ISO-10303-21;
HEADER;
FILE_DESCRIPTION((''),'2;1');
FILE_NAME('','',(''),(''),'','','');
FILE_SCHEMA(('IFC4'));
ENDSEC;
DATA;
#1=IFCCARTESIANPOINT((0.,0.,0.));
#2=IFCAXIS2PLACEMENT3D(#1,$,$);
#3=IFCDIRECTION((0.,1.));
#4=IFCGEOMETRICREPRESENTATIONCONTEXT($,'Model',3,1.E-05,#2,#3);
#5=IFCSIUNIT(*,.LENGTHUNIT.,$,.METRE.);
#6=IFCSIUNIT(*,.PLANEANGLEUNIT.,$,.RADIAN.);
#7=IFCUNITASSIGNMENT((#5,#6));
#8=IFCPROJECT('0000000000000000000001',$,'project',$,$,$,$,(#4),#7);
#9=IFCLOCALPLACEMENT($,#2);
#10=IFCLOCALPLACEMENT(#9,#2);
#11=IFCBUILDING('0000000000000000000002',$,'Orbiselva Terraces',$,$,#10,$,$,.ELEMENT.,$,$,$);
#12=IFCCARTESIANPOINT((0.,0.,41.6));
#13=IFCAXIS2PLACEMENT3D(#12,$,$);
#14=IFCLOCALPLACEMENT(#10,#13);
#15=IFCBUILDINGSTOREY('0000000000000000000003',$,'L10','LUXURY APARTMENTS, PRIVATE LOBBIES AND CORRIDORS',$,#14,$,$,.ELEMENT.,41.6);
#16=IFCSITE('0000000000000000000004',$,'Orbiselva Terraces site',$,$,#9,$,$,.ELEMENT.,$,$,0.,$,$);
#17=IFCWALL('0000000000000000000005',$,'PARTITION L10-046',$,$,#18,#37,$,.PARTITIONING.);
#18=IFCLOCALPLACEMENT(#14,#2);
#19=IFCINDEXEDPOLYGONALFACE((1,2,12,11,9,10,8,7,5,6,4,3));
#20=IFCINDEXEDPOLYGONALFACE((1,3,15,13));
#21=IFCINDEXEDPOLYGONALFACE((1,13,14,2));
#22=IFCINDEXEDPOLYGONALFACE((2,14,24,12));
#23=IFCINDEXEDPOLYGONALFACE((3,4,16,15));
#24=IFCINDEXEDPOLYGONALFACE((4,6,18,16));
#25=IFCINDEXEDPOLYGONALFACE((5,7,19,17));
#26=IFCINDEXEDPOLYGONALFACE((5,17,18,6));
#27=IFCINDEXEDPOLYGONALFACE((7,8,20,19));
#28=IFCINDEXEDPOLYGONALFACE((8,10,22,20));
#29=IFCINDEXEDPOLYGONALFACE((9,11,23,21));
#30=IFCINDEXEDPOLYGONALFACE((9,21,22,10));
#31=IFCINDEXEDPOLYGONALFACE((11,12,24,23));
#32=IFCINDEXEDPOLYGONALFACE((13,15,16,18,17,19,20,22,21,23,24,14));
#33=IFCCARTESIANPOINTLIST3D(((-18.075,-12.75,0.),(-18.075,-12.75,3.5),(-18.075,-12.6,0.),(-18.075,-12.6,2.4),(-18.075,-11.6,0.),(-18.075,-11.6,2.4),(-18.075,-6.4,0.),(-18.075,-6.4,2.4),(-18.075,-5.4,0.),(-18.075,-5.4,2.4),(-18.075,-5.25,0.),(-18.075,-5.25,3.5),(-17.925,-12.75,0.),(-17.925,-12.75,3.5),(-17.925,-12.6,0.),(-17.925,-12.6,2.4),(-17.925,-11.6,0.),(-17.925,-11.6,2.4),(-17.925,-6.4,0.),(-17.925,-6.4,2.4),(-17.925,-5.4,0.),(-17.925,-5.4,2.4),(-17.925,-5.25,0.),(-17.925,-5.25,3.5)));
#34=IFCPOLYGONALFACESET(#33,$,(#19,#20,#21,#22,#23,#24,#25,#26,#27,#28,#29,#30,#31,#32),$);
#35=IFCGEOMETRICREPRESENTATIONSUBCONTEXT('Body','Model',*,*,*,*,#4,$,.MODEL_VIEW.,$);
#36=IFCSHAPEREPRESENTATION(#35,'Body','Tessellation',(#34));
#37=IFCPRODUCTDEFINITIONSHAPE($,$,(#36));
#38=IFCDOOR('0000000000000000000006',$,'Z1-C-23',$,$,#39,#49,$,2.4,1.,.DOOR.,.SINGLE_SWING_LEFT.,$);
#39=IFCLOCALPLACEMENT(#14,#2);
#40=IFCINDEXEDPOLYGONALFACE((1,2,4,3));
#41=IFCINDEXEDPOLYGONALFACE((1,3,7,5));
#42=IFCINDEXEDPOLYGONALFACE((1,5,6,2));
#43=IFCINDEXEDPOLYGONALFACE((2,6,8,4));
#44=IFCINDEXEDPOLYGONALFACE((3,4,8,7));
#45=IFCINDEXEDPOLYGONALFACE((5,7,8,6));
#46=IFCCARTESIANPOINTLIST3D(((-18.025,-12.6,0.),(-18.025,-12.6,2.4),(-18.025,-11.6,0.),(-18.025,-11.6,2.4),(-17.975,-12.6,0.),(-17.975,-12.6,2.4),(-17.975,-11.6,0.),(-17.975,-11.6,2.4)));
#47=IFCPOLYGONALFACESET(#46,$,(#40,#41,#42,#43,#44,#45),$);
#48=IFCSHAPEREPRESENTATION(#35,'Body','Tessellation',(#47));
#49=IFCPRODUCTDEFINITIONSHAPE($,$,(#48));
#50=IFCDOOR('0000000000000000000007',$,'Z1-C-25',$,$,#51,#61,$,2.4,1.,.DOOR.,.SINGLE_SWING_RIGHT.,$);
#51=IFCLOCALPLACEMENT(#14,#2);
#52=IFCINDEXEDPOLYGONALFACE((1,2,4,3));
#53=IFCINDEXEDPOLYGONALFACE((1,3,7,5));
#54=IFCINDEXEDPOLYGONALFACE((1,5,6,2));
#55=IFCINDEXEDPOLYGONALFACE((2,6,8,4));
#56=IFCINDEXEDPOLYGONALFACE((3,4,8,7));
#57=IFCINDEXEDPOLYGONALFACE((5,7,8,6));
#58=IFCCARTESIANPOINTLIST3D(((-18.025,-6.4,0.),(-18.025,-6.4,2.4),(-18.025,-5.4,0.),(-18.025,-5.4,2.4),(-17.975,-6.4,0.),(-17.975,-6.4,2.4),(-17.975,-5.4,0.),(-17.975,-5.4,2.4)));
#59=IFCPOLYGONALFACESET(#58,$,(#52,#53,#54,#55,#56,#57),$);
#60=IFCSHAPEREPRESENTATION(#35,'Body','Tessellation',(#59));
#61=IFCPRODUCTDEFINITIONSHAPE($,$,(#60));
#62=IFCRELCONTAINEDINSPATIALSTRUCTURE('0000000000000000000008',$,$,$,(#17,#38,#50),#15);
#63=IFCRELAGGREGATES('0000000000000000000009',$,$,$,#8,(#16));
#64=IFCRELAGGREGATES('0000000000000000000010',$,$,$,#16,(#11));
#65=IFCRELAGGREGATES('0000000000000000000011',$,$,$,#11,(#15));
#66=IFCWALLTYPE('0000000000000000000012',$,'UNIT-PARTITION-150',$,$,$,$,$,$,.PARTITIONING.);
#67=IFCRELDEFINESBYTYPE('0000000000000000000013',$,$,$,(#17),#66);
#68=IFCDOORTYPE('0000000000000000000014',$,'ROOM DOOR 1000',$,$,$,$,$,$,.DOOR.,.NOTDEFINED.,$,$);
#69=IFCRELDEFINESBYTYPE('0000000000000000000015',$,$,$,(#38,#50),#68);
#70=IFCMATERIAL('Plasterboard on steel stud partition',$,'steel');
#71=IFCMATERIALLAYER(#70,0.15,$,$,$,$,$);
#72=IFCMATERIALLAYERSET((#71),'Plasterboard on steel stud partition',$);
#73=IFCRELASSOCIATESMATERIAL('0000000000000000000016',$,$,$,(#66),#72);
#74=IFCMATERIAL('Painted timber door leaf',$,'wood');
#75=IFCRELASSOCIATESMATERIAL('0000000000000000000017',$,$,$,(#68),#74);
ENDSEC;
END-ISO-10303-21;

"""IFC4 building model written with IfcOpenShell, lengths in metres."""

from ifc_helpers import new_model, si_unit, direction, frame, frame_2d, origin, place, context, subcontext, project, spatial, rectangle, extrude, material, layer, layer_set, type_object, element, fill, save


model = new_model("IFC4")

# Units and contexts
model_context = context("Model", 3, precision=1e-05, world=origin(), true_north=direction((0.0, 1.0)))
body_context = subcontext(model_context, "Body", "Model", "MODEL_VIEW")
ifc_project = project(units=[si_unit("LENGTHUNIT", "METRE"), si_unit("PLANEANGLEUNIT", "RADIAN")], contexts=[model_context])

# Site, building, storey
site_placement = place(None, origin())
site = spatial("IfcSite", under=ifc_project, at=site_placement, Name="Orbiselva Terraces site", CompositionType="ELEMENT", RefElevation=0.0)
building_placement = place(site_placement, origin())
building = spatial("IfcBuilding", under=site, at=building_placement, Name="Orbiselva Terraces", CompositionType="ELEMENT")
storey_placement = place(building_placement, frame((0.0, 0.0, 41.6)))
storey = spatial("IfcBuildingStorey", under=building, at=storey_placement, Name="L10", Description="LUXURY APARTMENTS, PRIVATE LOBBIES AND CORRIDORS", CompositionType="ELEMENT", Elevation=41.6)

# Shared definitions
ifc_material_1 = material(Name="Plasterboard on steel stud partition", Category="steel")
ifc_layer_1 = layer(ifc_material_1, 0.15)
ifc_layer_set_1 = layer_set([ifc_layer_1], Name="Plasterboard on steel stud partition")
wall_type_1 = type_object("IfcWallType", Name="UNIT-PARTITION-150", PredefinedType="PARTITIONING", material=ifc_layer_set_1)

# Wall, openings, doors
ifc_material_2 = material(Name="Painted timber door leaf", Category="wood")
wall_1_placement = place(storey_placement, frame((-18.0, -12.75, 0.0), z_axis=(0.0, 0.0, 1.0), x_axis=(0.0, 1.0, 0.0)))
wall_1 = element("IfcWall", 1, at=wall_1_placement, inside=storey, type_object=wall_type_1, Name="PARTITION L10-046", PredefinedType="PARTITIONING", context=body_context, shape_type="SweptSolid", body=[
    extrude(rectangle(XDim=7.5, YDim=0.15, at=frame_2d((3.75, 0.0))), origin(), (0.0, 0.0, 1.0), 3.5),
])
opening_1_placement = place(wall_1_placement, frame((0.15, 0.0, 0.0)))
opening_1 = element("IfcOpeningElement", 2, at=opening_1_placement, cuts=wall_1, PredefinedType="OPENING", context=body_context, shape_type="SweptSolid", body=[
    extrude(rectangle(XDim=1.0, YDim=2.4, at=frame_2d((0.5, 1.2))), frame((0.0, 0.085, 0.0), z_axis=(0.0, -1.0, 0.0), x_axis=(1.0, 0.0, 0.0)), (0.0, 0.0, 1.0), 0.17),
])
opening_2_placement = place(wall_1_placement, frame((6.35, 0.0, 0.0)))
opening_2 = element("IfcOpeningElement", 3, at=opening_2_placement, cuts=wall_1, PredefinedType="OPENING", context=body_context, shape_type="SweptSolid", body=[
    extrude(rectangle(XDim=1.0, YDim=2.4, at=frame_2d((0.5, 1.2))), frame((0.0, 0.085, 0.0), z_axis=(0.0, -1.0, 0.0), x_axis=(1.0, 0.0, 0.0)), (0.0, 0.0, 1.0), 0.17),
])
door_type_1 = type_object("IfcDoorType", Name="ROOM DOOR 1000", OperationType="NOTDEFINED", PredefinedType="DOOR", material=ifc_material_2)
door_1_placement = place(opening_1_placement, origin())
door_1 = element("IfcDoor", 4, at=door_1_placement, inside=storey, type_object=door_type_1, Name="Z1-C-23", OperationType="SINGLE_SWING_LEFT", OverallHeight=2.4, OverallWidth=1.0, PredefinedType="DOOR", context=body_context, shape_type="SweptSolid", body=[
    extrude(rectangle(XDim=1.0, YDim=2.4, at=frame_2d((0.5, 1.2))), frame((0.0, 0.025, 0.0), z_axis=(0.0, -1.0, 0.0), x_axis=(1.0, 0.0, 0.0)), (0.0, 0.0, 1.0), 0.05),
])
fill(opening_1, door_1)
door_2_placement = place(opening_2_placement, origin())
door_2 = element("IfcDoor", 5, at=door_2_placement, inside=storey, type_object=door_type_1, Name="Z1-C-25", OperationType="SINGLE_SWING_RIGHT", OverallHeight=2.4, OverallWidth=1.0, PredefinedType="DOOR", context=body_context, shape_type="SweptSolid", body=[
    extrude(rectangle(XDim=1.0, YDim=2.4, at=frame_2d((0.5, 1.2))), frame((0.0, 0.025, 0.0), z_axis=(0.0, -1.0, 0.0), x_axis=(1.0, 0.0, 0.0)), (0.0, 0.0, 1.0), 0.05),
])
fill(opening_2, door_2)

save(model, "model.ifc")
